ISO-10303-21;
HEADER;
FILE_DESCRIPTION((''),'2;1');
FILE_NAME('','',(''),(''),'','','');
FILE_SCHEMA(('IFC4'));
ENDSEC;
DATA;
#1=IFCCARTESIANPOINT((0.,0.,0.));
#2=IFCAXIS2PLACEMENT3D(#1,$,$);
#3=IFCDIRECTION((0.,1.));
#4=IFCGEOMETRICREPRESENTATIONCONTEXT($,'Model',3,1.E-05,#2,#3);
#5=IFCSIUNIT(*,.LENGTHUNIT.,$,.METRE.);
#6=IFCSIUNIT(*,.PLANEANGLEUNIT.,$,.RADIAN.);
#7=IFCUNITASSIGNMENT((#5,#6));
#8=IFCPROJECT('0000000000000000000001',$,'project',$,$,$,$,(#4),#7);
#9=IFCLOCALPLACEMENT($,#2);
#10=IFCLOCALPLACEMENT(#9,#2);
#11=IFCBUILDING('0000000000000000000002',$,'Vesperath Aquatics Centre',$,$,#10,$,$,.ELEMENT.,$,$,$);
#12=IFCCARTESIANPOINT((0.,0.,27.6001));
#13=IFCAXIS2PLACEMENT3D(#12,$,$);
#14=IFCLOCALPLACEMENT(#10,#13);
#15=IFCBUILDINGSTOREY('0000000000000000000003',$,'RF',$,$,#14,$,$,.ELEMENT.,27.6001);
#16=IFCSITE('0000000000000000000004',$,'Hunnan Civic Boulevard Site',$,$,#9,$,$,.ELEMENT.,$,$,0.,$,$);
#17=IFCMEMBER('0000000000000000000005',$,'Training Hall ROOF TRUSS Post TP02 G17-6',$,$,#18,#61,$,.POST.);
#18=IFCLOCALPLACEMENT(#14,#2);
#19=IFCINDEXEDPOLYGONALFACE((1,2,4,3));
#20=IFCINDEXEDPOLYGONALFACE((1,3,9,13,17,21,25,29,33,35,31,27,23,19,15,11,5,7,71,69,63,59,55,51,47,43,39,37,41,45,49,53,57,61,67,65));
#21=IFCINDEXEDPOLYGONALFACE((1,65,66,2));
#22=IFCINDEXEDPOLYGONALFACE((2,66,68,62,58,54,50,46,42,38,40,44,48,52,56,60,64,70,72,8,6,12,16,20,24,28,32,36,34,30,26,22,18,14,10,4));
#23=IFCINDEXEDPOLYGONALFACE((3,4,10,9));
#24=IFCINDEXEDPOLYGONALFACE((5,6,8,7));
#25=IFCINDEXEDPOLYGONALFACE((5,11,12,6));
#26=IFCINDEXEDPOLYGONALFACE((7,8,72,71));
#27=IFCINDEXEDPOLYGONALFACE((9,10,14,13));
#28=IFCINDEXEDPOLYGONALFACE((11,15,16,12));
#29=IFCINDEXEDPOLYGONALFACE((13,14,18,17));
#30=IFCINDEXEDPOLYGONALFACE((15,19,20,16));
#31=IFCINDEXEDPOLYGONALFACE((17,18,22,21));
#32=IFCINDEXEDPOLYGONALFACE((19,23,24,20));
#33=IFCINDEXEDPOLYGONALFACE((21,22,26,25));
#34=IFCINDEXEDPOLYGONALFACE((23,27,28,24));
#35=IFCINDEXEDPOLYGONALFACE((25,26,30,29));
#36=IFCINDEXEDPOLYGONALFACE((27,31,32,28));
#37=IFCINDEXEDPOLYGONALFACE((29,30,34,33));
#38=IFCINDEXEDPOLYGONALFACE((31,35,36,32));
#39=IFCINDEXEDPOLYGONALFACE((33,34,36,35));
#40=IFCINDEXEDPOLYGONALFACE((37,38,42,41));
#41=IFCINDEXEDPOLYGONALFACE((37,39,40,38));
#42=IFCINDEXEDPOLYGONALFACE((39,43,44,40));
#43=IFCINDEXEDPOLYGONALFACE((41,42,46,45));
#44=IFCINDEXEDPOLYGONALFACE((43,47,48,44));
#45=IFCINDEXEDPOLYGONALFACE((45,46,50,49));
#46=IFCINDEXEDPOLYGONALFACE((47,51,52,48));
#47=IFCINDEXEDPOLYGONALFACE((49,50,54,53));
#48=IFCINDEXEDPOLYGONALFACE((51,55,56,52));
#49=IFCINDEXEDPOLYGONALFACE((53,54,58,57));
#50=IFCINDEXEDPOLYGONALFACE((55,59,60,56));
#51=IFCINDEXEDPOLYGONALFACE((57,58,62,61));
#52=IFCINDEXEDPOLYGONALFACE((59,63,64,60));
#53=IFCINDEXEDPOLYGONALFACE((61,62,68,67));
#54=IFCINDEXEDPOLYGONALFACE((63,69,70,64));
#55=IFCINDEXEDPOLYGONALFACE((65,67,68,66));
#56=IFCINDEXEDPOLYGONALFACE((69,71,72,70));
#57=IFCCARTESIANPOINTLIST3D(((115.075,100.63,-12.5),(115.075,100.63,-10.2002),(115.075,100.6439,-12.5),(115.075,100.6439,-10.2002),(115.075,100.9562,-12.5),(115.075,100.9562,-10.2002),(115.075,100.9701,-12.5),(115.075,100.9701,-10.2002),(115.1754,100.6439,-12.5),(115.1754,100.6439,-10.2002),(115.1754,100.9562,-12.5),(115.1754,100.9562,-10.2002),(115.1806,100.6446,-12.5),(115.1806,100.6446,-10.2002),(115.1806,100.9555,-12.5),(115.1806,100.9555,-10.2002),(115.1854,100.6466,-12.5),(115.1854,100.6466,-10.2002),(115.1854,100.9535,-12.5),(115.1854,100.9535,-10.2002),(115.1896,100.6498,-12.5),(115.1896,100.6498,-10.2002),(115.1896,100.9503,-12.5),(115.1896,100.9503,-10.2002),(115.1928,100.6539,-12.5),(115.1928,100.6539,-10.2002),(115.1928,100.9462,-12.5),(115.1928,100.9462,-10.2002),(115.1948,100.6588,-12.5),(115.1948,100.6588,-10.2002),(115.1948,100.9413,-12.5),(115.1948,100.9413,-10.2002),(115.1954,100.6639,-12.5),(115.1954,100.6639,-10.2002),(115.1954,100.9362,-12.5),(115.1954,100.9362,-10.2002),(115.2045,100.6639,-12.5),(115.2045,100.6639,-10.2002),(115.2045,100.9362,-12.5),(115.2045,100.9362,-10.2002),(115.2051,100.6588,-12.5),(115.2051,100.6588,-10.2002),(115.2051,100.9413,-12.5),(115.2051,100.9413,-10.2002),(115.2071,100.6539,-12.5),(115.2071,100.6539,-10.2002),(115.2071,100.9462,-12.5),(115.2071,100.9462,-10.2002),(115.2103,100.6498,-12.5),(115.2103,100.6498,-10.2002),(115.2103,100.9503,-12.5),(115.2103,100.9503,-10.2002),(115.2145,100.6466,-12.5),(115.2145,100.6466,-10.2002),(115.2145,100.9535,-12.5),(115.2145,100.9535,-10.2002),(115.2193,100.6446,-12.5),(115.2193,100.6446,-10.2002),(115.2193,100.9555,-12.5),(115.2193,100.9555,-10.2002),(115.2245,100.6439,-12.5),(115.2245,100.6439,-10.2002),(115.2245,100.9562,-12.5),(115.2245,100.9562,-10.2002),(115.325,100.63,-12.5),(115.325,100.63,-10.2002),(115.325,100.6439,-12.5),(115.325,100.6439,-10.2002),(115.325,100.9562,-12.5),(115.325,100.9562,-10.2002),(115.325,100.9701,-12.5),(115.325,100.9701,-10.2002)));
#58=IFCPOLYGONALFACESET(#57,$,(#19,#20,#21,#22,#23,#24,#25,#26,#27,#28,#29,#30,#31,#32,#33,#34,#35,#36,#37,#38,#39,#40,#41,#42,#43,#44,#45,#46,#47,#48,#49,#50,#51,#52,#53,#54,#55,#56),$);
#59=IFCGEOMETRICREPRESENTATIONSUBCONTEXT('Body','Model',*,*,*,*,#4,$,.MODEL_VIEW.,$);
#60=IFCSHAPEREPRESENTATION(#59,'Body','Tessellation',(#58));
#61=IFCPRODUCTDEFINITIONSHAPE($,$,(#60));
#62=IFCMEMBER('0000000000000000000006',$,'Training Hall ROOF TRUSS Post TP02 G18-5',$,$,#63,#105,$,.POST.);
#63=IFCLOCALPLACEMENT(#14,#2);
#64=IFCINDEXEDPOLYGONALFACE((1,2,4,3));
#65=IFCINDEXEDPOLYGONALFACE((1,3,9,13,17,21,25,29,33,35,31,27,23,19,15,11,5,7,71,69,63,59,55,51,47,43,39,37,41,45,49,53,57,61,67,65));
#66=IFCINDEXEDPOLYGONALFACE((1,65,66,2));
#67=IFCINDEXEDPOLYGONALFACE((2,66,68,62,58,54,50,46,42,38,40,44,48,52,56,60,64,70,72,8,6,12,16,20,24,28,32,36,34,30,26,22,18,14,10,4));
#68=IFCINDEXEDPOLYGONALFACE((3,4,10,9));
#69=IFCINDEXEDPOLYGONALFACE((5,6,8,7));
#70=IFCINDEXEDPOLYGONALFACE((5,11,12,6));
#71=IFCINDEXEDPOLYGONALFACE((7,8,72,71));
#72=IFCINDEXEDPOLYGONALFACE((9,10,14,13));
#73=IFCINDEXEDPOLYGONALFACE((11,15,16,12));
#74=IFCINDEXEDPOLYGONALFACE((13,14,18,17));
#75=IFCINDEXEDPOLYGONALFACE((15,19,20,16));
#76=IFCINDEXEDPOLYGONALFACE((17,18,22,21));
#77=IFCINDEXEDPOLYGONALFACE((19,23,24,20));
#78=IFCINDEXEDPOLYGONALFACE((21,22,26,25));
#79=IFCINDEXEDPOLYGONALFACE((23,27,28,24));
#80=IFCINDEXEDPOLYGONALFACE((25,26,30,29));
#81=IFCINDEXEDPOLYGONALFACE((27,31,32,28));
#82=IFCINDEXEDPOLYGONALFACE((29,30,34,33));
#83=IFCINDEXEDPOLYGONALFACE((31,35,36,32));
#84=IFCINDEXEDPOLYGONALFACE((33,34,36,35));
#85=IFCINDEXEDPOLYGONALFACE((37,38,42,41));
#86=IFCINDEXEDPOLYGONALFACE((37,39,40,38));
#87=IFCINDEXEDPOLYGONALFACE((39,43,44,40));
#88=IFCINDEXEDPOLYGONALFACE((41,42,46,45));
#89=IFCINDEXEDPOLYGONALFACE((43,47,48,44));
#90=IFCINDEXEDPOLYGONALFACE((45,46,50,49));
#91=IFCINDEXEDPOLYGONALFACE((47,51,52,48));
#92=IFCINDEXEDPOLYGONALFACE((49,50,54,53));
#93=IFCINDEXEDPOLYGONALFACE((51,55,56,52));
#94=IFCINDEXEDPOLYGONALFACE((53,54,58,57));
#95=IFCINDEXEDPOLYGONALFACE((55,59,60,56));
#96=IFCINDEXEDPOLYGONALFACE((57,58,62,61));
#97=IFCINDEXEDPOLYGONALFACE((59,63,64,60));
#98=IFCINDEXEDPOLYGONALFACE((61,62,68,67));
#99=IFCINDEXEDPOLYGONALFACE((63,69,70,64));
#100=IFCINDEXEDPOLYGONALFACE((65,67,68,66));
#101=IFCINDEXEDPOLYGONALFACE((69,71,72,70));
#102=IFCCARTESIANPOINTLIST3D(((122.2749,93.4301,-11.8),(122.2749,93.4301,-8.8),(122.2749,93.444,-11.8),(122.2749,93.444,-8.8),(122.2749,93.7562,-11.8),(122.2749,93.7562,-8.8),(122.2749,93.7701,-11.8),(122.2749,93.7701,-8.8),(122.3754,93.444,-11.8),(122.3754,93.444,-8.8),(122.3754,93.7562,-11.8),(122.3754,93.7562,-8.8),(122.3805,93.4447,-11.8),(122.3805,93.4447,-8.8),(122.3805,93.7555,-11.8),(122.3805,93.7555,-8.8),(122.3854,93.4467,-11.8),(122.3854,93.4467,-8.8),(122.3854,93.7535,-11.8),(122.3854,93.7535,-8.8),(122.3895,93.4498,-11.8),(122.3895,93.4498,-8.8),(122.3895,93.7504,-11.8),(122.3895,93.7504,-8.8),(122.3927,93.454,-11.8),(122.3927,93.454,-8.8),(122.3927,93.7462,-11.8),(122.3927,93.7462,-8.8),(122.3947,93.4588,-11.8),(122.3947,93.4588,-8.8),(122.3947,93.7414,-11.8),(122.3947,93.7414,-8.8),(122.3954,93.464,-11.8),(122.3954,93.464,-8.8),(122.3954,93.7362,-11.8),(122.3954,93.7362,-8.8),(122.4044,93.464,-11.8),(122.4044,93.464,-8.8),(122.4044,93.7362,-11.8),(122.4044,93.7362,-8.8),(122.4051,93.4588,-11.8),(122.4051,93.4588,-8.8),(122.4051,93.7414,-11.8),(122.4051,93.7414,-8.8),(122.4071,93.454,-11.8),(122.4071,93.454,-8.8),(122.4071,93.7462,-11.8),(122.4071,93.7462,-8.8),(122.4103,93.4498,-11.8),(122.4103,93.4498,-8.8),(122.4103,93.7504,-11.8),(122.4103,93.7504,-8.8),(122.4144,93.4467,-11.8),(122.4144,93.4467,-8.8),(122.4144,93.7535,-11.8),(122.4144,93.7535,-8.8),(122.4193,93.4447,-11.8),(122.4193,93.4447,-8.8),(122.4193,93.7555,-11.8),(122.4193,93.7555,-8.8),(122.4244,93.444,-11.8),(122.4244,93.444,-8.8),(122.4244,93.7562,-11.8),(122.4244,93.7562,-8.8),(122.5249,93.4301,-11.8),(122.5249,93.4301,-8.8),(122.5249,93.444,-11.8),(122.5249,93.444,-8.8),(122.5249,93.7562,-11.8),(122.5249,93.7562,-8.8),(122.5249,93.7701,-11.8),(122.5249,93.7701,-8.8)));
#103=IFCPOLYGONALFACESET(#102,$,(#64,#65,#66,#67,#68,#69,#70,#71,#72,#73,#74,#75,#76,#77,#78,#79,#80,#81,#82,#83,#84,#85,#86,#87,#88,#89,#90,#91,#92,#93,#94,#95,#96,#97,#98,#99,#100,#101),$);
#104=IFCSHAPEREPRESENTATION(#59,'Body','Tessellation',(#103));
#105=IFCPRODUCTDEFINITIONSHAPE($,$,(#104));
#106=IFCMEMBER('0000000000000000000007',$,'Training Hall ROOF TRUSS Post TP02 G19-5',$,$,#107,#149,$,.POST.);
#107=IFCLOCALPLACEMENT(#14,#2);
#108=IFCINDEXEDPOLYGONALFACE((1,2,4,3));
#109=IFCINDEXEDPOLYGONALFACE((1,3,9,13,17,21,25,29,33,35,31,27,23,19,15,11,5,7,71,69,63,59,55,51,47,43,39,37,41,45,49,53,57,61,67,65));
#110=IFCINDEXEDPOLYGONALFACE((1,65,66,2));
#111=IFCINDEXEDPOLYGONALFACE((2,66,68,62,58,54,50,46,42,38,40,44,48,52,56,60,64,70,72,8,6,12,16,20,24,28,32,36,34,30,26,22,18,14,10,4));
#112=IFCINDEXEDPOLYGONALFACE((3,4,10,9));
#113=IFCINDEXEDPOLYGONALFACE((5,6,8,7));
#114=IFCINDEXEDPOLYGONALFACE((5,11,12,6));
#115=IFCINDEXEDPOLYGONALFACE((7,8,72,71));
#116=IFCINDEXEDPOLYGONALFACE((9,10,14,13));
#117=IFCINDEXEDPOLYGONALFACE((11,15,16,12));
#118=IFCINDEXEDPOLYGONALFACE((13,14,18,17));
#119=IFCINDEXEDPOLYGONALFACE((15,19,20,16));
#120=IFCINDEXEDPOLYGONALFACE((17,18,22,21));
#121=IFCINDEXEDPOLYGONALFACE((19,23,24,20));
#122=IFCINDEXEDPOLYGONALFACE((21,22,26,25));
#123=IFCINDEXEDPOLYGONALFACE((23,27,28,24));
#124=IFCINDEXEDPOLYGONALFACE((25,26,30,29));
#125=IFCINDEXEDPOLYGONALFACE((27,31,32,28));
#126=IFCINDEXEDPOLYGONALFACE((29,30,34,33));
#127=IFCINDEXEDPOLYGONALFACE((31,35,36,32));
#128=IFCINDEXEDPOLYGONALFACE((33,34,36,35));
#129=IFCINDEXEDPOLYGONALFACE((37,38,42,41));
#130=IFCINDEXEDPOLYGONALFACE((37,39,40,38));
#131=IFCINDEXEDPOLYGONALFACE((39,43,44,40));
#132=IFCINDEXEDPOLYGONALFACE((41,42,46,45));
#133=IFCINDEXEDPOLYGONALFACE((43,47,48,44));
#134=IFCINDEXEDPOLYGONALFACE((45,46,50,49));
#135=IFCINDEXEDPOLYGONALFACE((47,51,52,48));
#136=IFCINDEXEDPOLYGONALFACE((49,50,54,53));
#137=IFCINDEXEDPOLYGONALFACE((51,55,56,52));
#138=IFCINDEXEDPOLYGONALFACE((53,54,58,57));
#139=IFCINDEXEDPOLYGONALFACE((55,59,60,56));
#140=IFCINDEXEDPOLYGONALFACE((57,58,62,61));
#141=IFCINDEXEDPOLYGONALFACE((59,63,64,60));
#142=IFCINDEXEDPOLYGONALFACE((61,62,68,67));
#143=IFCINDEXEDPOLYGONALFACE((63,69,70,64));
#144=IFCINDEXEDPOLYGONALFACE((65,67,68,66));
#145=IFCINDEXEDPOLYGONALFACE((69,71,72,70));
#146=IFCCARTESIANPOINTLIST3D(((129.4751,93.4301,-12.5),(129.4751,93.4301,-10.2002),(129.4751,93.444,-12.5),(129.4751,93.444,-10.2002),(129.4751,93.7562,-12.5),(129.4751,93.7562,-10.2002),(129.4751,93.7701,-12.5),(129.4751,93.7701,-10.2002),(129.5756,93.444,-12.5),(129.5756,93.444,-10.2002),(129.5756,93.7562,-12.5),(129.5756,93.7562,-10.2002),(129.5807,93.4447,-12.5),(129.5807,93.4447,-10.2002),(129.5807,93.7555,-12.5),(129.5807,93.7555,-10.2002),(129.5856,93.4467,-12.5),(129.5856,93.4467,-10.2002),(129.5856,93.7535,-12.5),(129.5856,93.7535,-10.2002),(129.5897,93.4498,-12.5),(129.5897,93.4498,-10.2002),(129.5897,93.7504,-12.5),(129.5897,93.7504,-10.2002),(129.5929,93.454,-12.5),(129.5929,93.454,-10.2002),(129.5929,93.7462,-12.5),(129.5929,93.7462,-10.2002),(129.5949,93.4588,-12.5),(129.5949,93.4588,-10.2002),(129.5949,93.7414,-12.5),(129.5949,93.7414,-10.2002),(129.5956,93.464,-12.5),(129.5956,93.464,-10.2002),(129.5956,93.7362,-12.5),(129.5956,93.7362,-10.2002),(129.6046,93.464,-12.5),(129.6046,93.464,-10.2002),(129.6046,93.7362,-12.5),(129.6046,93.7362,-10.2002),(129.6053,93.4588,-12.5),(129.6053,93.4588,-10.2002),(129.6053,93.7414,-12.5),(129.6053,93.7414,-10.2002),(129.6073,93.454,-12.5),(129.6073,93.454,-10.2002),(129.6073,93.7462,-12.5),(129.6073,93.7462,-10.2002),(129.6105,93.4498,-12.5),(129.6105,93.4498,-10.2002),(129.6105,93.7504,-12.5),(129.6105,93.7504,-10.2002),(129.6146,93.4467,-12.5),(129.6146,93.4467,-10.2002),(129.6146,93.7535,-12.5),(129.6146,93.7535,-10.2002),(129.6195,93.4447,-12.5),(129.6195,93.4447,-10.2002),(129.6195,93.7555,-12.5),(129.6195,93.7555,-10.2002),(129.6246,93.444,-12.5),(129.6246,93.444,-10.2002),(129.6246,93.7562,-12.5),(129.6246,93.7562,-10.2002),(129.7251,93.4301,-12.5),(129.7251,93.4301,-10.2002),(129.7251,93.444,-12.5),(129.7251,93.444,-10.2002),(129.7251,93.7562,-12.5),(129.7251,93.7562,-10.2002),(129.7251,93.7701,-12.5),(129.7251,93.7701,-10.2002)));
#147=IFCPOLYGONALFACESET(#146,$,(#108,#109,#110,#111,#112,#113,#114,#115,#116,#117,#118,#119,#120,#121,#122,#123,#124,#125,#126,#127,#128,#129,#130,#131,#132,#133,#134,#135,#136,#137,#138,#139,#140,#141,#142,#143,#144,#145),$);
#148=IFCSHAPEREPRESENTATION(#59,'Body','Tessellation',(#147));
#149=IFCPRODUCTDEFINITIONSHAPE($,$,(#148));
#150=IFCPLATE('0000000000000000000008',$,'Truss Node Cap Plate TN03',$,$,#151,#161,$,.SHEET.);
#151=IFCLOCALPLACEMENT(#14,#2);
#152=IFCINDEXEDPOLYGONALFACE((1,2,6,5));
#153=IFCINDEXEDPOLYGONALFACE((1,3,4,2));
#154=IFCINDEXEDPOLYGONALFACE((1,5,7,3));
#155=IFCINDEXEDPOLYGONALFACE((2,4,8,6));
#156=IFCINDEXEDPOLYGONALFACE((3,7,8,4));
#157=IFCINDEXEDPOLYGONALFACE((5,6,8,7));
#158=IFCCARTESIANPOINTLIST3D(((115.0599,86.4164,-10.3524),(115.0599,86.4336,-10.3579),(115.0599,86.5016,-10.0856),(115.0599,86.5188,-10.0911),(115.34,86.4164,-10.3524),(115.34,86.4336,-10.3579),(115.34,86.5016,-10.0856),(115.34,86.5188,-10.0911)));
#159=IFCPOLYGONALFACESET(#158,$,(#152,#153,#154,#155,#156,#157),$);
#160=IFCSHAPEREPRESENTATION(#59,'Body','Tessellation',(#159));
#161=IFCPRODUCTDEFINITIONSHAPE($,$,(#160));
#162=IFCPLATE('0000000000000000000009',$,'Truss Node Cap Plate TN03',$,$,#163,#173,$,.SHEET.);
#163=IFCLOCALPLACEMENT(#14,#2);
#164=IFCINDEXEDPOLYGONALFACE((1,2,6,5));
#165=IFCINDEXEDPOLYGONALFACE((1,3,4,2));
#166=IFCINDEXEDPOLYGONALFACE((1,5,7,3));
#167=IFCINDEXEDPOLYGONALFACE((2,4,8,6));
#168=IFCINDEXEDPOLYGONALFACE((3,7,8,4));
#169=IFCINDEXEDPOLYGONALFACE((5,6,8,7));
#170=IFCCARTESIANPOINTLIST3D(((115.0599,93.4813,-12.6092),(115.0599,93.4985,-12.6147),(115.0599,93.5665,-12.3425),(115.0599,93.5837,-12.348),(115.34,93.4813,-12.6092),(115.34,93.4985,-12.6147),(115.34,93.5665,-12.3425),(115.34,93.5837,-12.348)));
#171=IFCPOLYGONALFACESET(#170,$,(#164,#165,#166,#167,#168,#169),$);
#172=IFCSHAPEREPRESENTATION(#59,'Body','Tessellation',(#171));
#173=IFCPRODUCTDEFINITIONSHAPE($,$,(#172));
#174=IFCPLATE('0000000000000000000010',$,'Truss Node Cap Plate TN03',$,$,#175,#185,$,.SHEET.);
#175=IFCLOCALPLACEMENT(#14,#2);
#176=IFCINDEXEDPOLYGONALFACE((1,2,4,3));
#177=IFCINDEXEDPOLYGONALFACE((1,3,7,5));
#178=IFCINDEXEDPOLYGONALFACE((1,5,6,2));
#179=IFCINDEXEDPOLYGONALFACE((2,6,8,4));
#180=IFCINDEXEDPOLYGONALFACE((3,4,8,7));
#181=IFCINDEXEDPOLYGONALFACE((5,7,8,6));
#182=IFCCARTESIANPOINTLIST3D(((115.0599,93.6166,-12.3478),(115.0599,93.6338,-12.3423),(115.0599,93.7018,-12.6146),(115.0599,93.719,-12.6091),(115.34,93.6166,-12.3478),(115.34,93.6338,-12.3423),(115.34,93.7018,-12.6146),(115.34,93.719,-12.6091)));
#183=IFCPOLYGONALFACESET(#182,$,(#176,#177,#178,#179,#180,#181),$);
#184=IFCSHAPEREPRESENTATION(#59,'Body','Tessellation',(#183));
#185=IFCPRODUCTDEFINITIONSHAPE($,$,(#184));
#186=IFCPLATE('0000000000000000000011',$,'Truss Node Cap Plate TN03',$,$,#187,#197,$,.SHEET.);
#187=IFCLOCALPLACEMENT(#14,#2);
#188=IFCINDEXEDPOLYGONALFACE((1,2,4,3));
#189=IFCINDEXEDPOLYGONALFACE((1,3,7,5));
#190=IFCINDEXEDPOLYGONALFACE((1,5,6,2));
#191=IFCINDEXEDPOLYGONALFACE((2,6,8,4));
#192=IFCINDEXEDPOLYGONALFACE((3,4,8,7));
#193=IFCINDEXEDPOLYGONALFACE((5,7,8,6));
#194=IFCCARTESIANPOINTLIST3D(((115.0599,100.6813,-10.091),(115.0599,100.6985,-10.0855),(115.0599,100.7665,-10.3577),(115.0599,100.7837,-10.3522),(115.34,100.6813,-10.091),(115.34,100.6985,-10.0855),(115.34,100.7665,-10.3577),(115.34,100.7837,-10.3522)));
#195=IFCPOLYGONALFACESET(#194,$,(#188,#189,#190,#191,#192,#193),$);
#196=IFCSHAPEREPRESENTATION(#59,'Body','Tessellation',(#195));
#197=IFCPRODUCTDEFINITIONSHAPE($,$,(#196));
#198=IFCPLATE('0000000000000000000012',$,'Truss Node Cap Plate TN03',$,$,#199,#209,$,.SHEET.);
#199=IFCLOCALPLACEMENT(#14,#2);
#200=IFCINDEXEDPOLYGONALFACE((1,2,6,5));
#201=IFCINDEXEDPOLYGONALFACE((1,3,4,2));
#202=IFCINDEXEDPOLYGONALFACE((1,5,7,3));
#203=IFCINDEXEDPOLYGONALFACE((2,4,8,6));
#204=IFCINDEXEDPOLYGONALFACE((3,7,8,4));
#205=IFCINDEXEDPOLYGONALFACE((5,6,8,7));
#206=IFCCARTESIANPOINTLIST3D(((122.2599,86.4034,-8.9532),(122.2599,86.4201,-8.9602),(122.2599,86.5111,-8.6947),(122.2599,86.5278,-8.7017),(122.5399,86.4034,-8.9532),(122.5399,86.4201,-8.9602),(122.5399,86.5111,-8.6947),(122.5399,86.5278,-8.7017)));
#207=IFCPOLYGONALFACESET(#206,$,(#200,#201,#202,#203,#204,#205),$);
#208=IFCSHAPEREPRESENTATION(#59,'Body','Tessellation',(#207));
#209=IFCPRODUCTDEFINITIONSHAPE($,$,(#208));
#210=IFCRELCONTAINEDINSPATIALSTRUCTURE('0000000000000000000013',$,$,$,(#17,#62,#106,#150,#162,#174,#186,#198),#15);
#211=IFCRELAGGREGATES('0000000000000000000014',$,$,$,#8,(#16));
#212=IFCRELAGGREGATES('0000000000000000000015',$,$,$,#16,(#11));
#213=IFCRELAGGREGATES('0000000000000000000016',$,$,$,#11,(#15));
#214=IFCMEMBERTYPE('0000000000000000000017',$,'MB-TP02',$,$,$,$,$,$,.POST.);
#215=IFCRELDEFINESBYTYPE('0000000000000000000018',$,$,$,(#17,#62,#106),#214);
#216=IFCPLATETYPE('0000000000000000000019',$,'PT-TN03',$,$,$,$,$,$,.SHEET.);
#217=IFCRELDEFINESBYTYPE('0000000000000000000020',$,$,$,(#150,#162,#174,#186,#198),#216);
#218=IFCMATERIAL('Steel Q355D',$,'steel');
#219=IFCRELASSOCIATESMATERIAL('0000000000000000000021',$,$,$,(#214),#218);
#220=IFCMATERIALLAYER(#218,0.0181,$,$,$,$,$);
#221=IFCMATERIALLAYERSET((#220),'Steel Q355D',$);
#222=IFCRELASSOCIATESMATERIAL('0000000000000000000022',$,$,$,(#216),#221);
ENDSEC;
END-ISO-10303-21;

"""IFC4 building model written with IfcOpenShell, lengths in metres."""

from ifc_helpers import new_model, si_unit, direction, frame, origin, origin_2d, place, context, subcontext, project, spatial, rectangle, i_section, extrude, material, layer, layer_set, material_profile, profile_set, type_object, element, save


model = new_model("IFC4")

# Units and contexts
model_context = context("Model", 3, precision=1e-05, world=origin(), true_north=direction((0.0, 1.0)))
body_context = subcontext(model_context, "Body", "Model", "MODEL_VIEW")
ifc_project = project(units=[si_unit("LENGTHUNIT", "METRE"), si_unit("PLANEANGLEUNIT", "RADIAN")], contexts=[model_context])

# Site, building, storey
site_placement = place(None, origin())
site = spatial("IfcSite", under=ifc_project, at=site_placement, Name="Hunnan Civic Boulevard Site", CompositionType="ELEMENT", RefElevation=0.0)
building_placement = place(site_placement, origin())
building = spatial("IfcBuilding", under=site, at=building_placement, Name="Vesperath Aquatics Centre", CompositionType="ELEMENT")
storey_placement = place(building_placement, frame((0.0, 0.0, 27.6001)))
storey = spatial("IfcBuildingStorey", under=building, at=storey_placement, Name="RF", CompositionType="ELEMENT", Elevation=27.6001)

# Members
ifc_material_1 = material(Name="Steel Q355D", Category="steel")
ifc_material_profile_1 = material_profile(ifc_material_1, i_section(OverallWidth=0.25, OverallDepth=0.3401, WebThickness=0.009, FlangeThickness=0.0139, FilletRadius=0.02, at=origin_2d()), Name="HM 340x250x9x14")
ifc_profile_set_1 = profile_set([ifc_material_profile_1], Name="Steel Q355D")
member_type_1 = type_object("IfcMemberType", Name="MB-TP02", PredefinedType="POST", material=ifc_profile_set_1)
for number, where, z_axis, x_axis, name in (
    (1, (115.2, 100.8, -12.5), (0.0, 0.0, 1.0), (1.0, 0.0, 0.0), "Training Hall ROOF TRUSS Post TP02 G17-6"),
):
    element("IfcMember", number, at=place(storey_placement, frame(where, z_axis=z_axis, x_axis=x_axis)), inside=storey, type_object=member_type_1, Name=name, PredefinedType="POST", context=body_context, shape_type="SweptSolid", body=[
        extrude(i_section(OverallWidth=0.25, OverallDepth=0.3401, WebThickness=0.009, FlangeThickness=0.0139, FilletRadius=0.02, at=origin_2d()), origin(), (0.0, 0.0, 1.0), 2.2998),
    ])
member_1_placement = place(storey_placement, frame((122.3999, 93.6001, -11.8), z_axis=(0.0, 0.0, 1.0), x_axis=(1.0, 0.0, 0.0)))
element("IfcMember", 2, at=member_1_placement, inside=storey, type_object=member_type_1, Name="Training Hall ROOF TRUSS Post TP02 G18-5", PredefinedType="POST", context=body_context, shape_type="SweptSolid", body=[
    extrude(i_section(OverallWidth=0.25, OverallDepth=0.3401, WebThickness=0.009, FlangeThickness=0.0139, FilletRadius=0.02, at=origin_2d()), origin(), (0.0, 0.0, 1.0), 3.0),
])
member_2_placement = place(storey_placement, frame((129.6001, 93.6001, -12.5), z_axis=(0.0, 0.0, 1.0), x_axis=(1.0, 0.0, 0.0)))
element("IfcMember", 3, at=member_2_placement, inside=storey, type_object=member_type_1, Name="Training Hall ROOF TRUSS Post TP02 G19-5", PredefinedType="POST", context=body_context, shape_type="SweptSolid", body=[
    extrude(i_section(OverallWidth=0.25, OverallDepth=0.3401, WebThickness=0.009, FlangeThickness=0.0139, FilletRadius=0.02, at=origin_2d()), origin(), (0.0, 0.0, 1.0), 2.2998),
])

# Plates
ifc_layer_1 = layer(ifc_material_1, 0.0181)
ifc_layer_set_1 = layer_set([ifc_layer_1], Name="Steel Q355D")
plate_type = type_object("IfcPlateType", Name="PT-TN03", PredefinedType="SHEET", material=ifc_layer_set_1)
for number, where, z_axis, x_axis, name in (
    (4, (115.2, 86.459, -10.219), (0.0, 0.952578, -0.304296), (-1.0, 0.0, 0.0), "Truss Node Cap Plate TN03"),
    (5, (115.2, 93.5239, -12.4758), (0.0, 0.952578, -0.304296), (-1.0, 0.0, 0.0), "Truss Node Cap Plate TN03"),
    (6, (115.2, 93.6592, -12.4812), (0.0, 0.952578, 0.304296), (-1.0, 0.0, 0.0), "Truss Node Cap Plate TN03"),
    (7, (115.2, 100.7239, -10.2244), (0.0, 0.952578, 0.304296), (-1.0, 0.0, 0.0), "Truss Node Cap Plate TN03"),
    (8, (122.3999, 86.4573, -8.824), (0.0, 0.923077, -0.384615), (-1.0, 0.0, 0.0), "Truss Node Cap Plate TN03"),
):
    element("IfcPlate", number, at=place(storey_placement, frame(where, z_axis=z_axis, x_axis=x_axis)), inside=storey, type_object=plate_type, Name=name, PredefinedType="SHEET", context=body_context, shape_type="SweptSolid", body=[
        extrude(rectangle(XDim=0.28, YDim=0.28, at=origin_2d()), origin(), (0.0, 0.0, 1.0), 0.0181),
    ])

save(model, "model.ifc")
